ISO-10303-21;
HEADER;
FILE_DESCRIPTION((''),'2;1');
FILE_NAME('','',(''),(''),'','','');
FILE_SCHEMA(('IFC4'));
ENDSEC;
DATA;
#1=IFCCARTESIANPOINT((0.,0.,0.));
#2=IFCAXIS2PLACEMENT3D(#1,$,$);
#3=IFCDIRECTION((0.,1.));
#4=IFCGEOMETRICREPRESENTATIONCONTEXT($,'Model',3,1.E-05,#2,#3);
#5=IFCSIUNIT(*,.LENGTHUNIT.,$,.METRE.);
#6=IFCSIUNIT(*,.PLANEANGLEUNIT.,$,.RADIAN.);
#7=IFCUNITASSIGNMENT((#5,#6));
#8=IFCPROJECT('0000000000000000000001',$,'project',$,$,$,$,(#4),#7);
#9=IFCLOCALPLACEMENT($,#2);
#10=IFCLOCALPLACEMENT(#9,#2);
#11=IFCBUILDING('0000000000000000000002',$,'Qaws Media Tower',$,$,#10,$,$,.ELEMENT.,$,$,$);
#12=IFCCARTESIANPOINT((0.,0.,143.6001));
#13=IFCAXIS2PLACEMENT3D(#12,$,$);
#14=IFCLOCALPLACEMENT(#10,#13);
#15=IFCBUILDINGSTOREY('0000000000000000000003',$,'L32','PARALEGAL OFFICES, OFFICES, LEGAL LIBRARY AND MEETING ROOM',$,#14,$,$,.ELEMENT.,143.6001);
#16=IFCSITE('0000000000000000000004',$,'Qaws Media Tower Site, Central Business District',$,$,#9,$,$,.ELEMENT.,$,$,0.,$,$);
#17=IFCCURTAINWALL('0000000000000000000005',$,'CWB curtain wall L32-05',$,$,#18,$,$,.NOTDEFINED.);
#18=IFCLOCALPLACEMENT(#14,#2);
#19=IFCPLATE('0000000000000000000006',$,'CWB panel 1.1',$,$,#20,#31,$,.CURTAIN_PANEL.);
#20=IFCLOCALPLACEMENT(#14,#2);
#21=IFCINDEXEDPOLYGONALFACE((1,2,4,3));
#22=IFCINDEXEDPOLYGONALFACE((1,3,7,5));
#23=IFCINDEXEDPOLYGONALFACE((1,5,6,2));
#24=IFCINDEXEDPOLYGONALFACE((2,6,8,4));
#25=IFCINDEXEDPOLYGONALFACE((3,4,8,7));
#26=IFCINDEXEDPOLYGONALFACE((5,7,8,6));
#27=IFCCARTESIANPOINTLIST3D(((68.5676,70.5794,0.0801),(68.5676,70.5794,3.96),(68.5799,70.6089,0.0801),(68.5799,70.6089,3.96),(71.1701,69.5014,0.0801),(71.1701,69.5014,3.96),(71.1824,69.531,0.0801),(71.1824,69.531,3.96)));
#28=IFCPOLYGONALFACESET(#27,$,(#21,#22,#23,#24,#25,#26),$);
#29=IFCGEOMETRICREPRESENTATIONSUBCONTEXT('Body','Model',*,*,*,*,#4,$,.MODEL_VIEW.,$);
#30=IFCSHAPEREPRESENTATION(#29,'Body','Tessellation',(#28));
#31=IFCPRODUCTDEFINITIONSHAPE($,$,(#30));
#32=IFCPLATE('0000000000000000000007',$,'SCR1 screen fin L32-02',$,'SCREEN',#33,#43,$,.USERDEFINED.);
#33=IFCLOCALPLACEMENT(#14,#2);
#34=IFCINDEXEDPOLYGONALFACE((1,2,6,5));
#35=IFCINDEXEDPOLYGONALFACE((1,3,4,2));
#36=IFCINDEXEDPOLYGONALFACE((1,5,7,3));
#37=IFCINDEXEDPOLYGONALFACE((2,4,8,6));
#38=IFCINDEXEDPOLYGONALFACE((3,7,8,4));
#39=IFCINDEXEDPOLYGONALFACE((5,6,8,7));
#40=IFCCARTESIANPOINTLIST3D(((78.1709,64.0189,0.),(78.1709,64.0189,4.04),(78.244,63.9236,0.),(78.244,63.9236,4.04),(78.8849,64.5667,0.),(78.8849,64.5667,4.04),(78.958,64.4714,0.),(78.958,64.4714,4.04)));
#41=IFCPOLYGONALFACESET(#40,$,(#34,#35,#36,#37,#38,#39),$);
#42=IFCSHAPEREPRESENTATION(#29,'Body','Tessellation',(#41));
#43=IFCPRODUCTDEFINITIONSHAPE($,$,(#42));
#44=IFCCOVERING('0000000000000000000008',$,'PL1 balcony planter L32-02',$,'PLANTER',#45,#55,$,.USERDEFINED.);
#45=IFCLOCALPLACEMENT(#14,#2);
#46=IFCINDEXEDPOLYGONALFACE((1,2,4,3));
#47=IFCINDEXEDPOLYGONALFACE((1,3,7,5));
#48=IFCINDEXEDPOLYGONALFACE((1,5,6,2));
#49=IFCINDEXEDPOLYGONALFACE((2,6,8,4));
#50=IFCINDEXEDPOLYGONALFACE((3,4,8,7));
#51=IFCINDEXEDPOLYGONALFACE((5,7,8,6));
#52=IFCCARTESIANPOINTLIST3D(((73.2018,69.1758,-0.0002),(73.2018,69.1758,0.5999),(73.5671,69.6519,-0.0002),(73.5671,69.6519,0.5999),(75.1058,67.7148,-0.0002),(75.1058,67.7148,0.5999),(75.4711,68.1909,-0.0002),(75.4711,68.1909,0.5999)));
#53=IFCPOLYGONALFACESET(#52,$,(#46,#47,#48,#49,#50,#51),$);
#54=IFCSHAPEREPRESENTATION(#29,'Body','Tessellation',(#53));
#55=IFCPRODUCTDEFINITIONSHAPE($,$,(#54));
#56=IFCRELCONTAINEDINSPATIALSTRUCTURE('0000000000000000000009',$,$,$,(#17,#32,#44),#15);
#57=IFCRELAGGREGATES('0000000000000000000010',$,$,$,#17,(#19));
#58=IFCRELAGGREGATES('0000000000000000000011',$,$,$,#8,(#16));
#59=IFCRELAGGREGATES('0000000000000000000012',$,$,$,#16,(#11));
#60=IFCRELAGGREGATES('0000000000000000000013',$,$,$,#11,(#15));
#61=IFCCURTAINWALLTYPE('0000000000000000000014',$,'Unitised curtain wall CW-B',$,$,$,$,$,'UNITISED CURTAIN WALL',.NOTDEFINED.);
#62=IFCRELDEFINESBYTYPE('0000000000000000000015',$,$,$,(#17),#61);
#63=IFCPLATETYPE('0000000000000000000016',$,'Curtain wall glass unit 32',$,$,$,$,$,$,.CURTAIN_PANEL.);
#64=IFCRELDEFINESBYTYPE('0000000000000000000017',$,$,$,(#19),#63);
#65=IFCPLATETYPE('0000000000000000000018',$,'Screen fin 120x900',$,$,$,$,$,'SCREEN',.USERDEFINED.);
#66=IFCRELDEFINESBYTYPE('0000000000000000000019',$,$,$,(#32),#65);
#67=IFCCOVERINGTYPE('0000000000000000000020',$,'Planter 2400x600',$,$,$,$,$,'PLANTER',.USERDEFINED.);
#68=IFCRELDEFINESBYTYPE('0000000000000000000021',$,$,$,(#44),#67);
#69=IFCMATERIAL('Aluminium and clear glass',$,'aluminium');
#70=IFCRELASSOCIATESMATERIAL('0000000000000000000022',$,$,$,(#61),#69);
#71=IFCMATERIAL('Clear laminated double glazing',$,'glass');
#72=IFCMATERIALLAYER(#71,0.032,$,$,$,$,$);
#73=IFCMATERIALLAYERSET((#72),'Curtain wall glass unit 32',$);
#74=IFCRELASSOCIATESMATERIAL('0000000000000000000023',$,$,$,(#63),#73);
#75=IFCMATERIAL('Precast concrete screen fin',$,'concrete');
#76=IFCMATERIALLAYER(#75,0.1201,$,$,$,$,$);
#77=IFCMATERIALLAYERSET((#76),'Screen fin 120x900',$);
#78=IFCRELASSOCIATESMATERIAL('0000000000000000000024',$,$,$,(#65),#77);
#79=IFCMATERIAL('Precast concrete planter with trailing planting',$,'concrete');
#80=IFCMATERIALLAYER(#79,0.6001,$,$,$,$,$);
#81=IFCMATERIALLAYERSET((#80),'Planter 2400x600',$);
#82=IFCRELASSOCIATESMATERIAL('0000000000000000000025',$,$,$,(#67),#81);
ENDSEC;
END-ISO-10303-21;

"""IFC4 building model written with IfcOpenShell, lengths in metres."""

from ifc_helpers import new_model, si_unit, direction, frame, origin, origin_2d, place, context, subcontext, project, spatial, rectangle, extrude, material, layer, layer_set, type_object, element, aggregate, save


model = new_model("IFC4")

# Units and contexts
model_context = context("Model", 3, precision=1e-05, world=origin(), true_north=direction((0.0, 1.0)))
body_context = subcontext(model_context, "Body", "Model", "MODEL_VIEW")
ifc_project = project(units=[si_unit("LENGTHUNIT", "METRE"), si_unit("PLANEANGLEUNIT", "RADIAN")], contexts=[model_context])

# Site, building, storey
site_placement = place(None, origin())
site = spatial("IfcSite", under=ifc_project, at=site_placement, Name="Qaws Media Tower Site, Central Business District", CompositionType="ELEMENT", RefElevation=0.0)
building_placement = place(site_placement, origin())
building = spatial("IfcBuilding", under=site, at=building_placement, Name="Qaws Media Tower", CompositionType="ELEMENT")
storey_placement = place(building_placement, frame((0.0, 0.0, 143.6001)))
storey = spatial("IfcBuildingStorey", under=building, at=storey_placement, Name="L32", Description="PARALEGAL OFFICES, OFFICES, LEGAL LIBRARY AND MEETING ROOM", CompositionType="ELEMENT", Elevation=143.6001)

# Shared definitions
ifc_material_1 = material(Name="Aluminium and clear glass", Category="aluminium")
curtain_wall_type = type_object("IfcCurtainWallType", Name="Unitised curtain wall CW-B", ElementType="UNITISED CURTAIN WALL", PredefinedType="NOTDEFINED", material=ifc_material_1)

# Curtain wall
curtain_wall_1_placement = place(storey_placement, origin())
curtain_wall_1 = element("IfcCurtainWall", 1, at=curtain_wall_1_placement, inside=storey, type_object=curtain_wall_type, Name="CWB curtain wall L32-05", PredefinedType="NOTDEFINED")

# Plates
ifc_material_2 = material(Name="Clear laminated double glazing", Category="glass")
ifc_layer_1 = layer(ifc_material_2, 0.032)
ifc_layer_set_1 = layer_set([ifc_layer_1], Name="Curtain wall glass unit 32")
plate_type_1 = type_object("IfcPlateType", Name="Curtain wall glass unit 32", PredefinedType="CURTAIN_PANEL", material=ifc_layer_set_1)
plate_1_placement = place(storey_placement, frame((69.875, 70.0552, 0.0801), z_axis=(0.0, 0.0, 1.0), x_axis=(-0.92388, 0.382683, 0.0)))
plate_1 = element("IfcPlate", 2, at=plate_1_placement, type_object=plate_type_1, Name="CWB panel 1.1", PredefinedType="CURTAIN_PANEL", context=body_context, shape_type="SweptSolid", body=[
    extrude(rectangle(XDim=2.8169, YDim=0.032, at=origin_2d()), origin(), (0.0, 0.0, 1.0), 3.8799),
])
aggregate(curtain_wall_1, [plate_1])
ifc_material_3 = material(Name="Precast concrete screen fin", Category="concrete")
ifc_layer_2 = layer(ifc_material_3, 0.1201)
ifc_layer_set_2 = layer_set([ifc_layer_2], Name="Screen fin 120x900")
plate_type_2 = type_object("IfcPlateType", Name="Screen fin 120x900", ElementType="SCREEN", PredefinedType="USERDEFINED", material=ifc_layer_set_2)
plate_2_placement = place(storey_placement, frame((78.5645, 64.2451, 0.0), z_axis=(0.0, 0.0, 1.0), x_axis=(0.793353, 0.608761, 0.0)))
element("IfcPlate", 3, at=plate_2_placement, inside=storey, type_object=plate_type_2, Name="SCR1 screen fin L32-02", ObjectType="SCREEN", PredefinedType="USERDEFINED", context=body_context, shape_type="SweptSolid", body=[
    extrude(rectangle(XDim=0.8999, YDim=0.1201, at=origin_2d()), origin(), (0.0, 0.0, 1.0), 4.04),
])

# Covering
ifc_material_4 = material(Name="Precast concrete planter with trailing planting", Category="concrete")
ifc_layer_3 = layer(ifc_material_4, 0.6001)
ifc_layer_set_3 = layer_set([ifc_layer_3], Name="Planter 2400x600")
covering_type = type_object("IfcCoveringType", Name="Planter 2400x600", ElementType="PLANTER", PredefinedType="USERDEFINED", material=ifc_layer_set_3)
covering_placement = place(storey_placement, frame((74.3364, 68.6833, -0.0002), z_axis=(0.0, 0.0, 1.0), x_axis=(-0.793353, 0.608761, 0.0)))
element("IfcCovering", 4, at=covering_placement, inside=storey, type_object=covering_type, Name="PL1 balcony planter L32-02", ObjectType="PLANTER", PredefinedType="USERDEFINED", context=body_context, shape_type="SweptSolid", body=[
    extrude(rectangle(XDim=2.3999, YDim=0.6001, at=origin_2d()), origin(), (0.0, 0.0, 1.0), 0.6001),
])

save(model, "model.ifc")
